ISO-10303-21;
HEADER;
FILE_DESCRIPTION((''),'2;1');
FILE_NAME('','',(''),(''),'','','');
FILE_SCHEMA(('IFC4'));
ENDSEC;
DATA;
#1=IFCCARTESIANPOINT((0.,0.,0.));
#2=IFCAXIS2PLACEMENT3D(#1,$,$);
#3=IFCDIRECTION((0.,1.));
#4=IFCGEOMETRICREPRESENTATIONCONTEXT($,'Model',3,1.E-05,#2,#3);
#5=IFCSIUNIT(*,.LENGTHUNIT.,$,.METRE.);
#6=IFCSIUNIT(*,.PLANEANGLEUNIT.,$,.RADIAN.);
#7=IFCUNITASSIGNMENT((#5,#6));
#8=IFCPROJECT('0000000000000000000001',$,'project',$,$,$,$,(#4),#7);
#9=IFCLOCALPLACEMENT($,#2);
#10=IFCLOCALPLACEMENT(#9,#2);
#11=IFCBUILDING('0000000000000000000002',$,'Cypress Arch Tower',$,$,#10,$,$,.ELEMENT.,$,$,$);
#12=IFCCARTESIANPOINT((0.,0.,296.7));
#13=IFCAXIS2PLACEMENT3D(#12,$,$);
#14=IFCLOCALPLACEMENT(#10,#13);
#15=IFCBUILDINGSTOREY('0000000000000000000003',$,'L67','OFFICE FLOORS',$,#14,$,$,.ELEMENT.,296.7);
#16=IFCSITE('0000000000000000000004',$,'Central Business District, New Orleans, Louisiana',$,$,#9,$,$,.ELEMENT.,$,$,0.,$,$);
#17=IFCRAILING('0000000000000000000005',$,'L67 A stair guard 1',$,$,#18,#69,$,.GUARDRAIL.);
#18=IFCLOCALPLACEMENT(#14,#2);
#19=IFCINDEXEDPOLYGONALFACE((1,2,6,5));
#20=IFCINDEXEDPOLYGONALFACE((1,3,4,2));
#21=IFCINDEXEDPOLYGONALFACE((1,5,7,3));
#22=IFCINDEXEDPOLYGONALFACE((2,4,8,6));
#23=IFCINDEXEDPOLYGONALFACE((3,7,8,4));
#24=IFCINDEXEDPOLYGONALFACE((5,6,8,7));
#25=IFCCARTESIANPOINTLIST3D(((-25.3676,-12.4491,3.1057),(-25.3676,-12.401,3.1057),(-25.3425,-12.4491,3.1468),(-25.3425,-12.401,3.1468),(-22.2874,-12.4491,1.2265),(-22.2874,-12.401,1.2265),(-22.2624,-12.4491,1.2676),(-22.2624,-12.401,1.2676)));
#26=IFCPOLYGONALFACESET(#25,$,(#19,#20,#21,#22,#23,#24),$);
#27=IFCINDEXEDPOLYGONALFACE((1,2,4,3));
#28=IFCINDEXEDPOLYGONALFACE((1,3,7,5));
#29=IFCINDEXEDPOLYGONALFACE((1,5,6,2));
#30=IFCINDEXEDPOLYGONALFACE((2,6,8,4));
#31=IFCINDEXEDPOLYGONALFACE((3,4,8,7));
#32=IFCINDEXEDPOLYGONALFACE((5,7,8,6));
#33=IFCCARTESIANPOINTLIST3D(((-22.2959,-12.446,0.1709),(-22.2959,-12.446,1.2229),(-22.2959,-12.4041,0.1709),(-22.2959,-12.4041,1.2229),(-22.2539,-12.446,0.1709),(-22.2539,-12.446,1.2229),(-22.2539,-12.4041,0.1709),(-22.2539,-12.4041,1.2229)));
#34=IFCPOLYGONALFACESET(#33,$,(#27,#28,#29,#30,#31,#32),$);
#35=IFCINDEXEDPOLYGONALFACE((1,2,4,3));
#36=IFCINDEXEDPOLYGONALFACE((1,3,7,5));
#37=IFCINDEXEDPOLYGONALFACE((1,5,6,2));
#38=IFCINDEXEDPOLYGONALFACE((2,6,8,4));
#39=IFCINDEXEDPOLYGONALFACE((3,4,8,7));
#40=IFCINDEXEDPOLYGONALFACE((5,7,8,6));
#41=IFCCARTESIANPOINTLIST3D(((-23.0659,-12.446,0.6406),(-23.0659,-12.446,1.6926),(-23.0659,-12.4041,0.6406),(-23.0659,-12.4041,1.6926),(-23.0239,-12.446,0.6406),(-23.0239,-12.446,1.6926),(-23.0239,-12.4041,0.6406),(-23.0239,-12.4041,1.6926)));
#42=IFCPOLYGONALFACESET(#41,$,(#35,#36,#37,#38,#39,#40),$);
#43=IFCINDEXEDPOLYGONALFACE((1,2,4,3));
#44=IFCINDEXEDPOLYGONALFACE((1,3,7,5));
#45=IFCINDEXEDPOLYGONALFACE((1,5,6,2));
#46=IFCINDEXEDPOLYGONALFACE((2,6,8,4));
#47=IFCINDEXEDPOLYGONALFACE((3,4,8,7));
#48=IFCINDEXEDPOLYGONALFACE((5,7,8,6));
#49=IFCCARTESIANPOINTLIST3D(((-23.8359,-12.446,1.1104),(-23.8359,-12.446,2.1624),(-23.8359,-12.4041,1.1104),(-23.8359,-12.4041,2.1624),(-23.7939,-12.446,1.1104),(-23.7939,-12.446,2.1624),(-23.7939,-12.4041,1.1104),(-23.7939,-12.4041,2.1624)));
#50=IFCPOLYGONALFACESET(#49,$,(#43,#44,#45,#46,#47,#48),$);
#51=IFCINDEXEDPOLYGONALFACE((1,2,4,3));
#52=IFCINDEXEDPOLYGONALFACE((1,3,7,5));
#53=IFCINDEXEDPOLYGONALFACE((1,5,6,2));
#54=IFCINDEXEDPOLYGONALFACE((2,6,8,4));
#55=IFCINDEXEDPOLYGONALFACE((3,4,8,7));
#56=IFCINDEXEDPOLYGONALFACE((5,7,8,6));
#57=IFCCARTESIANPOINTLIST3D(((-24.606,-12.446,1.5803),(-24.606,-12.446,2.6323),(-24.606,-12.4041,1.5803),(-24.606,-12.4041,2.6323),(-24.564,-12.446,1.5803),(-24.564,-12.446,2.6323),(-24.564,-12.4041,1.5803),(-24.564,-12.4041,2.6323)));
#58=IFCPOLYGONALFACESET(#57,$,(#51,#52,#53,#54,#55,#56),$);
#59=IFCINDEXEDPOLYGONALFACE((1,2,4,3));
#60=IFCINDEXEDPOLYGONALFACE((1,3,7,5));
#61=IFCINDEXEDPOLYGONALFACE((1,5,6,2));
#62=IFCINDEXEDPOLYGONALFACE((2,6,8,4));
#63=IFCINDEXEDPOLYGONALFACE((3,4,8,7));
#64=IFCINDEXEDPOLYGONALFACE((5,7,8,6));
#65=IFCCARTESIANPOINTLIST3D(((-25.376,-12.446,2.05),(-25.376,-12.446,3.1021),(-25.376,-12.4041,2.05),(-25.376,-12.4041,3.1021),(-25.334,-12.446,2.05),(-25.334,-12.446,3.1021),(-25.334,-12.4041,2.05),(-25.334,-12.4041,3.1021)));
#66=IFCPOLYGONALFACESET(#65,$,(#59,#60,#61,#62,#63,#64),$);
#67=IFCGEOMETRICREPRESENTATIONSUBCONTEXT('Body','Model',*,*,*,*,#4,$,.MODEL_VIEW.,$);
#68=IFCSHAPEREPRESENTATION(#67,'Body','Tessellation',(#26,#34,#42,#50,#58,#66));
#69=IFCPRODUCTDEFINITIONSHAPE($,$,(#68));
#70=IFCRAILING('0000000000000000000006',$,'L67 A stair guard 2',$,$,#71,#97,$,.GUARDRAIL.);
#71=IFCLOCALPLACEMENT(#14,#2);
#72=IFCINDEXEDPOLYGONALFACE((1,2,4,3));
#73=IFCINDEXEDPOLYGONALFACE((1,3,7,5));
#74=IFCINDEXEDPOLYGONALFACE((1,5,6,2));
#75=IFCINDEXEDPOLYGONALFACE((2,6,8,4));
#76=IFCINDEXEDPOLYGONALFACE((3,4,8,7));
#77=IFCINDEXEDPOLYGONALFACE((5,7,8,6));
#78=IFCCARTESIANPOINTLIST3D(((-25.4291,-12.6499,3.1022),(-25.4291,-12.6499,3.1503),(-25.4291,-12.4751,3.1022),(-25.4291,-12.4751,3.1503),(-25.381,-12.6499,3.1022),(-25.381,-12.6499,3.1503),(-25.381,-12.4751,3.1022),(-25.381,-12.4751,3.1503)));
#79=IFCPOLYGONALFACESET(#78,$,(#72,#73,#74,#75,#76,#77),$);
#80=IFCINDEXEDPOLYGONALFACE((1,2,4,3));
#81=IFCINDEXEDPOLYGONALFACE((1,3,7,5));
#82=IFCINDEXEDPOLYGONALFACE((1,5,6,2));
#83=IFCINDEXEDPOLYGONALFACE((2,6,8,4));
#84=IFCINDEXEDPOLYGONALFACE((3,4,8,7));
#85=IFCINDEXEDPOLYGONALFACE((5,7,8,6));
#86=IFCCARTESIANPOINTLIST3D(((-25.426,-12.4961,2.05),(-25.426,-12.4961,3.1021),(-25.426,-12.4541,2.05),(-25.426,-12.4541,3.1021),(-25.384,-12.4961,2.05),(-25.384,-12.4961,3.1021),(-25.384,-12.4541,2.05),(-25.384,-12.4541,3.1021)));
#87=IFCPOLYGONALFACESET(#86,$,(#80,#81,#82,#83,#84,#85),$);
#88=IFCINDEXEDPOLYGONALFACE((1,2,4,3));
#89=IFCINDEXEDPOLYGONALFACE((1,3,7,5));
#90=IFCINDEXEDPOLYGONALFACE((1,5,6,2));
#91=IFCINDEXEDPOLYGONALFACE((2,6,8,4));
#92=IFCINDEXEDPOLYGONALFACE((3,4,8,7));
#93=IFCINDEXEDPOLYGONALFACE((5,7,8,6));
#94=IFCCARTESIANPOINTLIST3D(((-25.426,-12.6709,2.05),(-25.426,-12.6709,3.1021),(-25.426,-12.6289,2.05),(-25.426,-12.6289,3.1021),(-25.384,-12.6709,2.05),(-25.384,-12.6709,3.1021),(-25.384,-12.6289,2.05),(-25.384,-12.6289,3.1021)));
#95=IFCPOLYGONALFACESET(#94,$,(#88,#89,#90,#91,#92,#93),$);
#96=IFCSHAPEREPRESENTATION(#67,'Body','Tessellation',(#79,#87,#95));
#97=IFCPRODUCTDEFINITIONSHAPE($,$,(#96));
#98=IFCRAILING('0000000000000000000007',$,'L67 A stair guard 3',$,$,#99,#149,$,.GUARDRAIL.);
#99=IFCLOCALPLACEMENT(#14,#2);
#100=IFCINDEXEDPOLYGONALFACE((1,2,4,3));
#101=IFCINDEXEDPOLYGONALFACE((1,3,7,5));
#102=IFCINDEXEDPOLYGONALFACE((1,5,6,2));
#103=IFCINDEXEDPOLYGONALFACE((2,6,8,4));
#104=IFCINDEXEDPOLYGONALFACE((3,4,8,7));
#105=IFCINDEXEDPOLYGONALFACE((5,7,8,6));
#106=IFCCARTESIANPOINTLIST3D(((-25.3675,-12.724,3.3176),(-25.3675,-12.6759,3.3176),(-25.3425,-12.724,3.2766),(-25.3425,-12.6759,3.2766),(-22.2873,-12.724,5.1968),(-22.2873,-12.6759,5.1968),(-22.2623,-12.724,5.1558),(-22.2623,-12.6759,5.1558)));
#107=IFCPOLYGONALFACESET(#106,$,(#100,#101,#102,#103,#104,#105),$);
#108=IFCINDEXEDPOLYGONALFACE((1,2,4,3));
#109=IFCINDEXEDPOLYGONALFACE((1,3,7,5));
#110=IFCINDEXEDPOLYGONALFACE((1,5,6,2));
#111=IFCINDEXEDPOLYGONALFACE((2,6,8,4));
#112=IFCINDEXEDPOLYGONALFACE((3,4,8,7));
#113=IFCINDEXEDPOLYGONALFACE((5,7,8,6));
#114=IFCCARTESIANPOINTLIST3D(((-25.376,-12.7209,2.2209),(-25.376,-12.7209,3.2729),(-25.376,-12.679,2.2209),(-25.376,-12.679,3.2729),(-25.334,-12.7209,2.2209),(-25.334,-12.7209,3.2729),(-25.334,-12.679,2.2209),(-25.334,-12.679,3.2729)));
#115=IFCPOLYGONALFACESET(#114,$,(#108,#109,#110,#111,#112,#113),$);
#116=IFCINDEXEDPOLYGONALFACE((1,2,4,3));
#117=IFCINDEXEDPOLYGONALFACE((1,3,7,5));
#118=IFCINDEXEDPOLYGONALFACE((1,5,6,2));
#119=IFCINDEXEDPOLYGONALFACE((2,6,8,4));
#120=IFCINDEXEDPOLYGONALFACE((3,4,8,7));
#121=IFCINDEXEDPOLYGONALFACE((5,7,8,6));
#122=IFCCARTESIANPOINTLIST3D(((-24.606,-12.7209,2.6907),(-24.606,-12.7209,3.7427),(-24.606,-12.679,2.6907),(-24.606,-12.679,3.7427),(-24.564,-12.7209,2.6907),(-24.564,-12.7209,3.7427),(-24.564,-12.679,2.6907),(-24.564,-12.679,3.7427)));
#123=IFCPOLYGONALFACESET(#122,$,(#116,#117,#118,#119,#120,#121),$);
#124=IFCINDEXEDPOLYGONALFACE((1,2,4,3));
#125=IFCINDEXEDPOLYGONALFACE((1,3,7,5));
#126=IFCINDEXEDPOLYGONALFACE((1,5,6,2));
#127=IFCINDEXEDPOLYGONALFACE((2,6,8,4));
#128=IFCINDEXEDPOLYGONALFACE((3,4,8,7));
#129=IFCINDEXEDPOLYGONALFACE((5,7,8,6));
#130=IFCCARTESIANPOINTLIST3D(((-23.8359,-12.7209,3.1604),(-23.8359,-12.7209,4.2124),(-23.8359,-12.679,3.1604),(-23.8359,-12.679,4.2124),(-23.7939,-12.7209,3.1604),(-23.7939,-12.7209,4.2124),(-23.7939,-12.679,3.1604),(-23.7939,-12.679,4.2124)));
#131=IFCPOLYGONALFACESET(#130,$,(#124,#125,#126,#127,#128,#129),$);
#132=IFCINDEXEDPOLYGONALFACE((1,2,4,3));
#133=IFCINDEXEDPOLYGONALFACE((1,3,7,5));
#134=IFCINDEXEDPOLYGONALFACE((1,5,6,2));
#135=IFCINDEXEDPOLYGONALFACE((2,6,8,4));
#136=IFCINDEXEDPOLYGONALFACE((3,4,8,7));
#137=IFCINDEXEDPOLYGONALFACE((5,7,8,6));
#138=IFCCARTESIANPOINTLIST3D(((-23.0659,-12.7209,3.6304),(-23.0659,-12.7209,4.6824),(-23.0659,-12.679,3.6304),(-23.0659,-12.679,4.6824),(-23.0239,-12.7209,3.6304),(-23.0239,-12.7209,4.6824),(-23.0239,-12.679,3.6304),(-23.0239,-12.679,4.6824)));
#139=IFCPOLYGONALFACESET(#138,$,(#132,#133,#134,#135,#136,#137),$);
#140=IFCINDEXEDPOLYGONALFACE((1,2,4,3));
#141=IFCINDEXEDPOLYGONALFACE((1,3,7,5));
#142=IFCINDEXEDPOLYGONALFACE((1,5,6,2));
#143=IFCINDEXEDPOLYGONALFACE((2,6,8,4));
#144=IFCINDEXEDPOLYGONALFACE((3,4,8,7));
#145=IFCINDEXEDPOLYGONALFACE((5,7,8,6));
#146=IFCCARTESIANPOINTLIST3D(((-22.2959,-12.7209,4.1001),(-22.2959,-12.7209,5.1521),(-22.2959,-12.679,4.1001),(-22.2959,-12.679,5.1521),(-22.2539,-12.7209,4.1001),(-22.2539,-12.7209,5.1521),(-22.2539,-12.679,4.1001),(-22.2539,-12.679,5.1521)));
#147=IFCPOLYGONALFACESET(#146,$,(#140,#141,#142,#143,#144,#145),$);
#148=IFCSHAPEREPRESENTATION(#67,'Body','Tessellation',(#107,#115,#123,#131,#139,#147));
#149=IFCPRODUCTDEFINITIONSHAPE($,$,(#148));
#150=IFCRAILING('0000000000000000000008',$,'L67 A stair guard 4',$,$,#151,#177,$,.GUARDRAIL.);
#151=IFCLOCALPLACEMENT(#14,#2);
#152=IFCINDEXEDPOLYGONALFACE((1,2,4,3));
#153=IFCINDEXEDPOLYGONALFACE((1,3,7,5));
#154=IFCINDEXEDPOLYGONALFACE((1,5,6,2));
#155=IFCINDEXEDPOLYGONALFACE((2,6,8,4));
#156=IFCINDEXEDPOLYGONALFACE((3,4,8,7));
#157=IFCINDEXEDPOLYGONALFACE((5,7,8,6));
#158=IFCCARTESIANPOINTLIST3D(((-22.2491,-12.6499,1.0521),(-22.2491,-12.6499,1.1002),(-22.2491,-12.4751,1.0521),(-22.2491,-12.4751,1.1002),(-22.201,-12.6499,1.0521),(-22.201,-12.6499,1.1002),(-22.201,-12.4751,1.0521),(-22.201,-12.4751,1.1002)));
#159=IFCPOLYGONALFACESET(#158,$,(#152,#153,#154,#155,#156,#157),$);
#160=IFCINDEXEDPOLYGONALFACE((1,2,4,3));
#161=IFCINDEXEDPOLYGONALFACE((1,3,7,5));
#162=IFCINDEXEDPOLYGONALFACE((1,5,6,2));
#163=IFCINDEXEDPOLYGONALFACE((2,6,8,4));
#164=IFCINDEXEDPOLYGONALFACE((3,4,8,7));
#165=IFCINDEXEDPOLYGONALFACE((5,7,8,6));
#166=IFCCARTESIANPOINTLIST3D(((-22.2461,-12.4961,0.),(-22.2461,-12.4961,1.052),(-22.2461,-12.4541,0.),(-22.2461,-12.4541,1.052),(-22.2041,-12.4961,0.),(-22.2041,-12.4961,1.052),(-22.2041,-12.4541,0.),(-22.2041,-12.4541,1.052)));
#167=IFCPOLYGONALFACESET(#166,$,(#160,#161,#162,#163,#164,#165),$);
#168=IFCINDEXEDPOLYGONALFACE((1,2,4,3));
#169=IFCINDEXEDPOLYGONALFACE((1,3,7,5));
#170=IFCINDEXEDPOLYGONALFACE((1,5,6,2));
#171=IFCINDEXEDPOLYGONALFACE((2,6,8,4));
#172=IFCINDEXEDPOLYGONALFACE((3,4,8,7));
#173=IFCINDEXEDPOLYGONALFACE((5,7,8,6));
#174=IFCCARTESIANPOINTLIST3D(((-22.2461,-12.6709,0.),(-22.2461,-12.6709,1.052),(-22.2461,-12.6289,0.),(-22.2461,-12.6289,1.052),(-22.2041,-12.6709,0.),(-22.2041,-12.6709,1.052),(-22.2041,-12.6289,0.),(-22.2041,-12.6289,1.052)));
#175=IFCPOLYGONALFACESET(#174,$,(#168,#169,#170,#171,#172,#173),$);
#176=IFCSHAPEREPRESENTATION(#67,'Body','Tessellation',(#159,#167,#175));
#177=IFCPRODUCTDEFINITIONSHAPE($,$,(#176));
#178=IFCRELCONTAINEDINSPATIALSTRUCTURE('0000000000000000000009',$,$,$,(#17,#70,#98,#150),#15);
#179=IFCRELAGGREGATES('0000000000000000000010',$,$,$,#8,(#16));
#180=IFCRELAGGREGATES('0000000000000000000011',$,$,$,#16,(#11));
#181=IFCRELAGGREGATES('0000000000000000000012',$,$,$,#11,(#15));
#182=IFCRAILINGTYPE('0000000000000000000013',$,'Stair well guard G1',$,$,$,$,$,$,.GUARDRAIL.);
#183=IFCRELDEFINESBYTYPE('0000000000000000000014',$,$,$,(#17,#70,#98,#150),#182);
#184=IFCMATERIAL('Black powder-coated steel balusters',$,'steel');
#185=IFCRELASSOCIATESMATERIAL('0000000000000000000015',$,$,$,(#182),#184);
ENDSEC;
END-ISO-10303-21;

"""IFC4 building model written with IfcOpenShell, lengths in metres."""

from ifc_helpers import new_model, si_unit, direction, frame, origin, origin_2d, place, context, subcontext, project, spatial, rectangle, extrude, material, type_object, element, save


model = new_model("IFC4")

# Units and contexts
model_context = context("Model", 3, precision=1e-05, world=origin(), true_north=direction((0.0, 1.0)))
body_context = subcontext(model_context, "Body", "Model", "MODEL_VIEW")
ifc_project = project(units=[si_unit("LENGTHUNIT", "METRE"), si_unit("PLANEANGLEUNIT", "RADIAN")], contexts=[model_context])

# Site, building, storey
site_placement = place(None, origin())
site = spatial("IfcSite", under=ifc_project, at=site_placement, Name="Central Business District, New Orleans, Louisiana", CompositionType="ELEMENT", RefElevation=0.0)
building_placement = place(site_placement, origin())
building = spatial("IfcBuilding", under=site, at=building_placement, Name="Cypress Arch Tower", CompositionType="ELEMENT")
storey_placement = place(building_placement, frame((0.0, 0.0, 296.7)))
storey = spatial("IfcBuildingStorey", under=building, at=storey_placement, Name="L67", Description="OFFICE FLOORS", CompositionType="ELEMENT", Elevation=296.7)

# Railings
ifc_material_1 = material(Name="Black powder-coated steel balusters", Category="steel")
railing_type_1 = type_object("IfcRailingType", Name="Stair well guard G1", PredefinedType="GUARDRAIL", material=ifc_material_1)
railing_1_placement = place(storey_placement, frame((-22.2749, -12.425, 0.1709)))
element("IfcRailing", 1, at=railing_1_placement, inside=storey, type_object=railing_type_1, Name="L67 A stair guard 1", PredefinedType="GUARDRAIL", context=body_context, shape_type="SweptSolid", body=[
    extrude(rectangle(XDim=0.0481, YDim=0.0481, at=origin_2d()), frame((0.0, 0.0, 1.0762), z_axis=(-0.853666, 0.0, 0.52082), x_axis=(0.0, -1.0, 0.0)), (0.0, 0.0, 1.0), 3.6082),
    extrude(rectangle(XDim=0.042, YDim=0.042, at=origin_2d()), origin(), (0.0, 0.0, 1.0), 1.052),
    extrude(rectangle(XDim=0.042, YDim=0.042, at=origin_2d()), frame((-0.77, 0.0, 0.4697)), (0.0, 0.0, 1.0), 1.052),
    extrude(rectangle(XDim=0.042, YDim=0.042, at=origin_2d()), frame((-1.54, 0.0, 0.9395)), (0.0, 0.0, 1.0), 1.052),
    extrude(rectangle(XDim=0.042, YDim=0.042, at=origin_2d()), frame((-2.3101, 0.0, 1.4094)), (0.0, 0.0, 1.0), 1.052),
    extrude(rectangle(XDim=0.042, YDim=0.042, at=origin_2d()), frame((-3.0801, 0.0, 1.8792)), (0.0, 0.0, 1.0), 1.052),
])
railing_2_placement = place(storey_placement, frame((-25.405, -12.4751, 2.05)))
element("IfcRailing", 2, at=railing_2_placement, inside=storey, type_object=railing_type_1, Name="L67 A stair guard 2", PredefinedType="GUARDRAIL", context=body_context, shape_type="SweptSolid", body=[
    extrude(rectangle(XDim=0.0481, YDim=0.0481, at=origin_2d()), frame((0.0, 0.0, 1.0762), z_axis=(0.0, -1.0, 0.0), x_axis=(1.0, 0.0, 0.0)), (0.0, 0.0, 1.0), 0.1748),
    extrude(rectangle(XDim=0.042, YDim=0.042, at=origin_2d()), origin(), (0.0, 0.0, 1.0), 1.052),
    extrude(rectangle(XDim=0.042, YDim=0.042, at=origin_2d()), frame((0.0, -0.1748, 0.0)), (0.0, 0.0, 1.0), 1.052),
])
railing_3_placement = place(storey_placement, frame((-25.355, -12.7, 2.2209)))
element("IfcRailing", 3, at=railing_3_placement, inside=storey, type_object=railing_type_1, Name="L67 A stair guard 3", PredefinedType="GUARDRAIL", context=body_context, shape_type="SweptSolid", body=[
    extrude(rectangle(XDim=0.0481, YDim=0.0481, at=origin_2d()), frame((0.0, 0.0, 1.0762), z_axis=(0.853666, 0.0, 0.52082), x_axis=(0.0, 1.0, 0.0)), (0.0, 0.0, 1.0), 3.6082),
    extrude(rectangle(XDim=0.042, YDim=0.042, at=origin_2d()), origin(), (0.0, 0.0, 1.0), 1.052),
    extrude(rectangle(XDim=0.042, YDim=0.042, at=origin_2d()), frame((0.77, 0.0, 0.4697)), (0.0, 0.0, 1.0), 1.052),
    extrude(rectangle(XDim=0.042, YDim=0.042, at=origin_2d()), frame((1.54, 0.0, 0.9395)), (0.0, 0.0, 1.0), 1.052),
    extrude(rectangle(XDim=0.042, YDim=0.042, at=origin_2d()), frame((2.3101, 0.0, 1.4094)), (0.0, 0.0, 1.0), 1.052),
    extrude(rectangle(XDim=0.042, YDim=0.042, at=origin_2d()), frame((3.0801, 0.0, 1.8792)), (0.0, 0.0, 1.0), 1.052),
])
railing_4_placement = place(storey_placement, frame((-22.2251, -12.4751, 0.0)))
element("IfcRailing", 4, at=railing_4_placement, inside=storey, type_object=railing_type_1, Name="L67 A stair guard 4", PredefinedType="GUARDRAIL", context=body_context, shape_type="SweptSolid", body=[
    extrude(rectangle(XDim=0.0481, YDim=0.0481, at=origin_2d()), frame((0.0, 0.0, 1.0762), z_axis=(0.0, -1.0, 0.0), x_axis=(1.0, 0.0, 0.0)), (0.0, 0.0, 1.0), 0.1748),
    extrude(rectangle(XDim=0.042, YDim=0.042, at=origin_2d()), origin(), (0.0, 0.0, 1.0), 1.052),
    extrude(rectangle(XDim=0.042, YDim=0.042, at=origin_2d()), frame((0.0, -0.1748, 0.0)), (0.0, 0.0, 1.0), 1.052),
])

save(model, "model.ifc")
